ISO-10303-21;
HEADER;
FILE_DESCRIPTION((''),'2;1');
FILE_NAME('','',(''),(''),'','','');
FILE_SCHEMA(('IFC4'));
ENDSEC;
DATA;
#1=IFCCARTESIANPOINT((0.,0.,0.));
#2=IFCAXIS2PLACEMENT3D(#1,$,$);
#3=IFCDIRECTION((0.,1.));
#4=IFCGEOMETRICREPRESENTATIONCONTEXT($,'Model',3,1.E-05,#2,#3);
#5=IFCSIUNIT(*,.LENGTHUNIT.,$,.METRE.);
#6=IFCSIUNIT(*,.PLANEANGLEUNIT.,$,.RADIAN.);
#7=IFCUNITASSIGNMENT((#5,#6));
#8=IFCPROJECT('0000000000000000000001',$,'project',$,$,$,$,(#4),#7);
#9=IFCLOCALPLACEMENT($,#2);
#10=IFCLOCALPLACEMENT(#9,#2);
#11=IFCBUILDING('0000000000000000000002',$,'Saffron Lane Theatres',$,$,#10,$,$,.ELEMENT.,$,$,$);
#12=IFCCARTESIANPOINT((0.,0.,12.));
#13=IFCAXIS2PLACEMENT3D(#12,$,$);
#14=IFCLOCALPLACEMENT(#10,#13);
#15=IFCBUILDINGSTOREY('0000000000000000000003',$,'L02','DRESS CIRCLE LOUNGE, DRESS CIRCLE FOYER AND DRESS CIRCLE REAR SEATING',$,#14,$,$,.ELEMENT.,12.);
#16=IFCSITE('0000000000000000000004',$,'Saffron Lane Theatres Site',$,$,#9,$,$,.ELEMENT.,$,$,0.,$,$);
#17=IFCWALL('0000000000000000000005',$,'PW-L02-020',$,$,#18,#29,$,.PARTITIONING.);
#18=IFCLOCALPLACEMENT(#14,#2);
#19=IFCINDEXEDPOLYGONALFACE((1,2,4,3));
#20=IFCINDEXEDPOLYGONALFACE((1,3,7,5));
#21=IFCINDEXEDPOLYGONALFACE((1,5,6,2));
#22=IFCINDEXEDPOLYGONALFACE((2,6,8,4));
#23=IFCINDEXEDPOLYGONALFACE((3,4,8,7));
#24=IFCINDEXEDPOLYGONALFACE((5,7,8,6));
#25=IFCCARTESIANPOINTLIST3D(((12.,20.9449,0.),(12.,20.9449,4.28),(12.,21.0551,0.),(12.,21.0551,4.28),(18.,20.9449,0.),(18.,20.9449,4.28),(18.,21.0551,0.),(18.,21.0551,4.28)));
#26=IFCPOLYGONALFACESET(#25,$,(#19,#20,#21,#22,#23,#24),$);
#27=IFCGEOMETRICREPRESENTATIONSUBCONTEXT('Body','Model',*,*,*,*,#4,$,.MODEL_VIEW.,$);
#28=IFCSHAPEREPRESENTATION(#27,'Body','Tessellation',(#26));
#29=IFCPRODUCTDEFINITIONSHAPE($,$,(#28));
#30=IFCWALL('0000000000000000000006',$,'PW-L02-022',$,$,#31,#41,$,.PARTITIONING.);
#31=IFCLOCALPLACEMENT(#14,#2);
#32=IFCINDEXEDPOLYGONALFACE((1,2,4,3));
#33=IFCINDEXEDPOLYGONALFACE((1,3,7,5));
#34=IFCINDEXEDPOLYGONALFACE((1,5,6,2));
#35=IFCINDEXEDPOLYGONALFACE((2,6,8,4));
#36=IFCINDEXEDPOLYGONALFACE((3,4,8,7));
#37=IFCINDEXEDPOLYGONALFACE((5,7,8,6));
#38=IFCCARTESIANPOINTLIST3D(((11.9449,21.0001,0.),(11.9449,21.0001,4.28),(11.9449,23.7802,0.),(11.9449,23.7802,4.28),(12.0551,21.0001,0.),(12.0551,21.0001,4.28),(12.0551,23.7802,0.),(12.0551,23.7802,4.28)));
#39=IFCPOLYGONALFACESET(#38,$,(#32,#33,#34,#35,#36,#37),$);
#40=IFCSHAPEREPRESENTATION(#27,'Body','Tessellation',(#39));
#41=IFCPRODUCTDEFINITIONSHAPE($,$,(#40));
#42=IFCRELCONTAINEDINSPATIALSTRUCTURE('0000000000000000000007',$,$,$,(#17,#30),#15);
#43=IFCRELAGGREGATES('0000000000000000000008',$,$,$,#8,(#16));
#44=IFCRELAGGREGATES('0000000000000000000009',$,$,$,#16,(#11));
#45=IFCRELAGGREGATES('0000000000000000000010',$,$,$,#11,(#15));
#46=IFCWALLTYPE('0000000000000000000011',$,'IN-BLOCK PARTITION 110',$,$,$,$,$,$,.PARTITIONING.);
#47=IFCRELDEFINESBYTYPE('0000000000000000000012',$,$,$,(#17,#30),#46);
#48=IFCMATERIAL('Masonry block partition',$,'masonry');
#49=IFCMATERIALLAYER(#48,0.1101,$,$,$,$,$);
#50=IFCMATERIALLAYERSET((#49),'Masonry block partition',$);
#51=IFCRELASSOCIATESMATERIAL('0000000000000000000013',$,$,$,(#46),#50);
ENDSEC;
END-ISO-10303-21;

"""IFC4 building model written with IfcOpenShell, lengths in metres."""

from ifc_helpers import new_model, si_unit, direction, frame, frame_2d, origin, place, context, subcontext, project, spatial, rectangle, extrude, material, layer, layer_set, type_object, element, save


model = new_model("IFC4")

# Units and contexts
model_context = context("Model", 3, precision=1e-05, world=origin(), true_north=direction((0.0, 1.0)))
body_context = subcontext(model_context, "Body", "Model", "MODEL_VIEW")
ifc_project = project(units=[si_unit("LENGTHUNIT", "METRE"), si_unit("PLANEANGLEUNIT", "RADIAN")], contexts=[model_context])

# Site, building, storey
site_placement = place(None, origin())
site = spatial("IfcSite", under=ifc_project, at=site_placement, Name="Saffron Lane Theatres Site", CompositionType="ELEMENT", RefElevation=0.0)
building_placement = place(site_placement, origin())
building = spatial("IfcBuilding", under=site, at=building_placement, Name="Saffron Lane Theatres", CompositionType="ELEMENT")
storey_placement = place(building_placement, frame((0.0, 0.0, 12.0)))
storey = spatial("IfcBuildingStorey", under=building, at=storey_placement, Name="L02", Description="DRESS CIRCLE LOUNGE, DRESS CIRCLE FOYER AND DRESS CIRCLE REAR SEATING", CompositionType="ELEMENT", Elevation=12.0)

# Walls
ifc_material_1 = material(Name="Masonry block partition", Category="masonry")
ifc_layer_1 = layer(ifc_material_1, 0.1101)
ifc_layer_set_1 = layer_set([ifc_layer_1], Name="Masonry block partition")
wall_type_1 = type_object("IfcWallType", Name="IN-BLOCK PARTITION 110", PredefinedType="PARTITIONING", material=ifc_layer_set_1)
wall_1_placement = place(storey_placement, frame((12.0, 21.0, 0.0), z_axis=(0.0, 0.0, 1.0), x_axis=(1.0, 0.0, 0.0)))
element("IfcWall", 1, at=wall_1_placement, inside=storey, type_object=wall_type_1, Name="PW-L02-020", PredefinedType="PARTITIONING", context=body_context, shape_type="SweptSolid", body=[
    extrude(rectangle(XDim=6.0, YDim=0.1101, at=frame_2d((3.0, 0.0))), origin(), (0.0, 0.0, 1.0), 4.28),
])
wall_2_placement = place(storey_placement, frame((12.0, 21.0, 0.0), z_axis=(0.0, 0.0, 1.0), x_axis=(0.0, 1.0, 0.0)))
element("IfcWall", 2, at=wall_2_placement, inside=storey, type_object=wall_type_1, Name="PW-L02-022", PredefinedType="PARTITIONING", context=body_context, shape_type="SweptSolid", body=[
    extrude(rectangle(XDim=2.78, YDim=0.1101, at=frame_2d((1.3901, 0.0))), origin(), (0.0, 0.0, 1.0), 4.28),
])

save(model, "model.ifc")
